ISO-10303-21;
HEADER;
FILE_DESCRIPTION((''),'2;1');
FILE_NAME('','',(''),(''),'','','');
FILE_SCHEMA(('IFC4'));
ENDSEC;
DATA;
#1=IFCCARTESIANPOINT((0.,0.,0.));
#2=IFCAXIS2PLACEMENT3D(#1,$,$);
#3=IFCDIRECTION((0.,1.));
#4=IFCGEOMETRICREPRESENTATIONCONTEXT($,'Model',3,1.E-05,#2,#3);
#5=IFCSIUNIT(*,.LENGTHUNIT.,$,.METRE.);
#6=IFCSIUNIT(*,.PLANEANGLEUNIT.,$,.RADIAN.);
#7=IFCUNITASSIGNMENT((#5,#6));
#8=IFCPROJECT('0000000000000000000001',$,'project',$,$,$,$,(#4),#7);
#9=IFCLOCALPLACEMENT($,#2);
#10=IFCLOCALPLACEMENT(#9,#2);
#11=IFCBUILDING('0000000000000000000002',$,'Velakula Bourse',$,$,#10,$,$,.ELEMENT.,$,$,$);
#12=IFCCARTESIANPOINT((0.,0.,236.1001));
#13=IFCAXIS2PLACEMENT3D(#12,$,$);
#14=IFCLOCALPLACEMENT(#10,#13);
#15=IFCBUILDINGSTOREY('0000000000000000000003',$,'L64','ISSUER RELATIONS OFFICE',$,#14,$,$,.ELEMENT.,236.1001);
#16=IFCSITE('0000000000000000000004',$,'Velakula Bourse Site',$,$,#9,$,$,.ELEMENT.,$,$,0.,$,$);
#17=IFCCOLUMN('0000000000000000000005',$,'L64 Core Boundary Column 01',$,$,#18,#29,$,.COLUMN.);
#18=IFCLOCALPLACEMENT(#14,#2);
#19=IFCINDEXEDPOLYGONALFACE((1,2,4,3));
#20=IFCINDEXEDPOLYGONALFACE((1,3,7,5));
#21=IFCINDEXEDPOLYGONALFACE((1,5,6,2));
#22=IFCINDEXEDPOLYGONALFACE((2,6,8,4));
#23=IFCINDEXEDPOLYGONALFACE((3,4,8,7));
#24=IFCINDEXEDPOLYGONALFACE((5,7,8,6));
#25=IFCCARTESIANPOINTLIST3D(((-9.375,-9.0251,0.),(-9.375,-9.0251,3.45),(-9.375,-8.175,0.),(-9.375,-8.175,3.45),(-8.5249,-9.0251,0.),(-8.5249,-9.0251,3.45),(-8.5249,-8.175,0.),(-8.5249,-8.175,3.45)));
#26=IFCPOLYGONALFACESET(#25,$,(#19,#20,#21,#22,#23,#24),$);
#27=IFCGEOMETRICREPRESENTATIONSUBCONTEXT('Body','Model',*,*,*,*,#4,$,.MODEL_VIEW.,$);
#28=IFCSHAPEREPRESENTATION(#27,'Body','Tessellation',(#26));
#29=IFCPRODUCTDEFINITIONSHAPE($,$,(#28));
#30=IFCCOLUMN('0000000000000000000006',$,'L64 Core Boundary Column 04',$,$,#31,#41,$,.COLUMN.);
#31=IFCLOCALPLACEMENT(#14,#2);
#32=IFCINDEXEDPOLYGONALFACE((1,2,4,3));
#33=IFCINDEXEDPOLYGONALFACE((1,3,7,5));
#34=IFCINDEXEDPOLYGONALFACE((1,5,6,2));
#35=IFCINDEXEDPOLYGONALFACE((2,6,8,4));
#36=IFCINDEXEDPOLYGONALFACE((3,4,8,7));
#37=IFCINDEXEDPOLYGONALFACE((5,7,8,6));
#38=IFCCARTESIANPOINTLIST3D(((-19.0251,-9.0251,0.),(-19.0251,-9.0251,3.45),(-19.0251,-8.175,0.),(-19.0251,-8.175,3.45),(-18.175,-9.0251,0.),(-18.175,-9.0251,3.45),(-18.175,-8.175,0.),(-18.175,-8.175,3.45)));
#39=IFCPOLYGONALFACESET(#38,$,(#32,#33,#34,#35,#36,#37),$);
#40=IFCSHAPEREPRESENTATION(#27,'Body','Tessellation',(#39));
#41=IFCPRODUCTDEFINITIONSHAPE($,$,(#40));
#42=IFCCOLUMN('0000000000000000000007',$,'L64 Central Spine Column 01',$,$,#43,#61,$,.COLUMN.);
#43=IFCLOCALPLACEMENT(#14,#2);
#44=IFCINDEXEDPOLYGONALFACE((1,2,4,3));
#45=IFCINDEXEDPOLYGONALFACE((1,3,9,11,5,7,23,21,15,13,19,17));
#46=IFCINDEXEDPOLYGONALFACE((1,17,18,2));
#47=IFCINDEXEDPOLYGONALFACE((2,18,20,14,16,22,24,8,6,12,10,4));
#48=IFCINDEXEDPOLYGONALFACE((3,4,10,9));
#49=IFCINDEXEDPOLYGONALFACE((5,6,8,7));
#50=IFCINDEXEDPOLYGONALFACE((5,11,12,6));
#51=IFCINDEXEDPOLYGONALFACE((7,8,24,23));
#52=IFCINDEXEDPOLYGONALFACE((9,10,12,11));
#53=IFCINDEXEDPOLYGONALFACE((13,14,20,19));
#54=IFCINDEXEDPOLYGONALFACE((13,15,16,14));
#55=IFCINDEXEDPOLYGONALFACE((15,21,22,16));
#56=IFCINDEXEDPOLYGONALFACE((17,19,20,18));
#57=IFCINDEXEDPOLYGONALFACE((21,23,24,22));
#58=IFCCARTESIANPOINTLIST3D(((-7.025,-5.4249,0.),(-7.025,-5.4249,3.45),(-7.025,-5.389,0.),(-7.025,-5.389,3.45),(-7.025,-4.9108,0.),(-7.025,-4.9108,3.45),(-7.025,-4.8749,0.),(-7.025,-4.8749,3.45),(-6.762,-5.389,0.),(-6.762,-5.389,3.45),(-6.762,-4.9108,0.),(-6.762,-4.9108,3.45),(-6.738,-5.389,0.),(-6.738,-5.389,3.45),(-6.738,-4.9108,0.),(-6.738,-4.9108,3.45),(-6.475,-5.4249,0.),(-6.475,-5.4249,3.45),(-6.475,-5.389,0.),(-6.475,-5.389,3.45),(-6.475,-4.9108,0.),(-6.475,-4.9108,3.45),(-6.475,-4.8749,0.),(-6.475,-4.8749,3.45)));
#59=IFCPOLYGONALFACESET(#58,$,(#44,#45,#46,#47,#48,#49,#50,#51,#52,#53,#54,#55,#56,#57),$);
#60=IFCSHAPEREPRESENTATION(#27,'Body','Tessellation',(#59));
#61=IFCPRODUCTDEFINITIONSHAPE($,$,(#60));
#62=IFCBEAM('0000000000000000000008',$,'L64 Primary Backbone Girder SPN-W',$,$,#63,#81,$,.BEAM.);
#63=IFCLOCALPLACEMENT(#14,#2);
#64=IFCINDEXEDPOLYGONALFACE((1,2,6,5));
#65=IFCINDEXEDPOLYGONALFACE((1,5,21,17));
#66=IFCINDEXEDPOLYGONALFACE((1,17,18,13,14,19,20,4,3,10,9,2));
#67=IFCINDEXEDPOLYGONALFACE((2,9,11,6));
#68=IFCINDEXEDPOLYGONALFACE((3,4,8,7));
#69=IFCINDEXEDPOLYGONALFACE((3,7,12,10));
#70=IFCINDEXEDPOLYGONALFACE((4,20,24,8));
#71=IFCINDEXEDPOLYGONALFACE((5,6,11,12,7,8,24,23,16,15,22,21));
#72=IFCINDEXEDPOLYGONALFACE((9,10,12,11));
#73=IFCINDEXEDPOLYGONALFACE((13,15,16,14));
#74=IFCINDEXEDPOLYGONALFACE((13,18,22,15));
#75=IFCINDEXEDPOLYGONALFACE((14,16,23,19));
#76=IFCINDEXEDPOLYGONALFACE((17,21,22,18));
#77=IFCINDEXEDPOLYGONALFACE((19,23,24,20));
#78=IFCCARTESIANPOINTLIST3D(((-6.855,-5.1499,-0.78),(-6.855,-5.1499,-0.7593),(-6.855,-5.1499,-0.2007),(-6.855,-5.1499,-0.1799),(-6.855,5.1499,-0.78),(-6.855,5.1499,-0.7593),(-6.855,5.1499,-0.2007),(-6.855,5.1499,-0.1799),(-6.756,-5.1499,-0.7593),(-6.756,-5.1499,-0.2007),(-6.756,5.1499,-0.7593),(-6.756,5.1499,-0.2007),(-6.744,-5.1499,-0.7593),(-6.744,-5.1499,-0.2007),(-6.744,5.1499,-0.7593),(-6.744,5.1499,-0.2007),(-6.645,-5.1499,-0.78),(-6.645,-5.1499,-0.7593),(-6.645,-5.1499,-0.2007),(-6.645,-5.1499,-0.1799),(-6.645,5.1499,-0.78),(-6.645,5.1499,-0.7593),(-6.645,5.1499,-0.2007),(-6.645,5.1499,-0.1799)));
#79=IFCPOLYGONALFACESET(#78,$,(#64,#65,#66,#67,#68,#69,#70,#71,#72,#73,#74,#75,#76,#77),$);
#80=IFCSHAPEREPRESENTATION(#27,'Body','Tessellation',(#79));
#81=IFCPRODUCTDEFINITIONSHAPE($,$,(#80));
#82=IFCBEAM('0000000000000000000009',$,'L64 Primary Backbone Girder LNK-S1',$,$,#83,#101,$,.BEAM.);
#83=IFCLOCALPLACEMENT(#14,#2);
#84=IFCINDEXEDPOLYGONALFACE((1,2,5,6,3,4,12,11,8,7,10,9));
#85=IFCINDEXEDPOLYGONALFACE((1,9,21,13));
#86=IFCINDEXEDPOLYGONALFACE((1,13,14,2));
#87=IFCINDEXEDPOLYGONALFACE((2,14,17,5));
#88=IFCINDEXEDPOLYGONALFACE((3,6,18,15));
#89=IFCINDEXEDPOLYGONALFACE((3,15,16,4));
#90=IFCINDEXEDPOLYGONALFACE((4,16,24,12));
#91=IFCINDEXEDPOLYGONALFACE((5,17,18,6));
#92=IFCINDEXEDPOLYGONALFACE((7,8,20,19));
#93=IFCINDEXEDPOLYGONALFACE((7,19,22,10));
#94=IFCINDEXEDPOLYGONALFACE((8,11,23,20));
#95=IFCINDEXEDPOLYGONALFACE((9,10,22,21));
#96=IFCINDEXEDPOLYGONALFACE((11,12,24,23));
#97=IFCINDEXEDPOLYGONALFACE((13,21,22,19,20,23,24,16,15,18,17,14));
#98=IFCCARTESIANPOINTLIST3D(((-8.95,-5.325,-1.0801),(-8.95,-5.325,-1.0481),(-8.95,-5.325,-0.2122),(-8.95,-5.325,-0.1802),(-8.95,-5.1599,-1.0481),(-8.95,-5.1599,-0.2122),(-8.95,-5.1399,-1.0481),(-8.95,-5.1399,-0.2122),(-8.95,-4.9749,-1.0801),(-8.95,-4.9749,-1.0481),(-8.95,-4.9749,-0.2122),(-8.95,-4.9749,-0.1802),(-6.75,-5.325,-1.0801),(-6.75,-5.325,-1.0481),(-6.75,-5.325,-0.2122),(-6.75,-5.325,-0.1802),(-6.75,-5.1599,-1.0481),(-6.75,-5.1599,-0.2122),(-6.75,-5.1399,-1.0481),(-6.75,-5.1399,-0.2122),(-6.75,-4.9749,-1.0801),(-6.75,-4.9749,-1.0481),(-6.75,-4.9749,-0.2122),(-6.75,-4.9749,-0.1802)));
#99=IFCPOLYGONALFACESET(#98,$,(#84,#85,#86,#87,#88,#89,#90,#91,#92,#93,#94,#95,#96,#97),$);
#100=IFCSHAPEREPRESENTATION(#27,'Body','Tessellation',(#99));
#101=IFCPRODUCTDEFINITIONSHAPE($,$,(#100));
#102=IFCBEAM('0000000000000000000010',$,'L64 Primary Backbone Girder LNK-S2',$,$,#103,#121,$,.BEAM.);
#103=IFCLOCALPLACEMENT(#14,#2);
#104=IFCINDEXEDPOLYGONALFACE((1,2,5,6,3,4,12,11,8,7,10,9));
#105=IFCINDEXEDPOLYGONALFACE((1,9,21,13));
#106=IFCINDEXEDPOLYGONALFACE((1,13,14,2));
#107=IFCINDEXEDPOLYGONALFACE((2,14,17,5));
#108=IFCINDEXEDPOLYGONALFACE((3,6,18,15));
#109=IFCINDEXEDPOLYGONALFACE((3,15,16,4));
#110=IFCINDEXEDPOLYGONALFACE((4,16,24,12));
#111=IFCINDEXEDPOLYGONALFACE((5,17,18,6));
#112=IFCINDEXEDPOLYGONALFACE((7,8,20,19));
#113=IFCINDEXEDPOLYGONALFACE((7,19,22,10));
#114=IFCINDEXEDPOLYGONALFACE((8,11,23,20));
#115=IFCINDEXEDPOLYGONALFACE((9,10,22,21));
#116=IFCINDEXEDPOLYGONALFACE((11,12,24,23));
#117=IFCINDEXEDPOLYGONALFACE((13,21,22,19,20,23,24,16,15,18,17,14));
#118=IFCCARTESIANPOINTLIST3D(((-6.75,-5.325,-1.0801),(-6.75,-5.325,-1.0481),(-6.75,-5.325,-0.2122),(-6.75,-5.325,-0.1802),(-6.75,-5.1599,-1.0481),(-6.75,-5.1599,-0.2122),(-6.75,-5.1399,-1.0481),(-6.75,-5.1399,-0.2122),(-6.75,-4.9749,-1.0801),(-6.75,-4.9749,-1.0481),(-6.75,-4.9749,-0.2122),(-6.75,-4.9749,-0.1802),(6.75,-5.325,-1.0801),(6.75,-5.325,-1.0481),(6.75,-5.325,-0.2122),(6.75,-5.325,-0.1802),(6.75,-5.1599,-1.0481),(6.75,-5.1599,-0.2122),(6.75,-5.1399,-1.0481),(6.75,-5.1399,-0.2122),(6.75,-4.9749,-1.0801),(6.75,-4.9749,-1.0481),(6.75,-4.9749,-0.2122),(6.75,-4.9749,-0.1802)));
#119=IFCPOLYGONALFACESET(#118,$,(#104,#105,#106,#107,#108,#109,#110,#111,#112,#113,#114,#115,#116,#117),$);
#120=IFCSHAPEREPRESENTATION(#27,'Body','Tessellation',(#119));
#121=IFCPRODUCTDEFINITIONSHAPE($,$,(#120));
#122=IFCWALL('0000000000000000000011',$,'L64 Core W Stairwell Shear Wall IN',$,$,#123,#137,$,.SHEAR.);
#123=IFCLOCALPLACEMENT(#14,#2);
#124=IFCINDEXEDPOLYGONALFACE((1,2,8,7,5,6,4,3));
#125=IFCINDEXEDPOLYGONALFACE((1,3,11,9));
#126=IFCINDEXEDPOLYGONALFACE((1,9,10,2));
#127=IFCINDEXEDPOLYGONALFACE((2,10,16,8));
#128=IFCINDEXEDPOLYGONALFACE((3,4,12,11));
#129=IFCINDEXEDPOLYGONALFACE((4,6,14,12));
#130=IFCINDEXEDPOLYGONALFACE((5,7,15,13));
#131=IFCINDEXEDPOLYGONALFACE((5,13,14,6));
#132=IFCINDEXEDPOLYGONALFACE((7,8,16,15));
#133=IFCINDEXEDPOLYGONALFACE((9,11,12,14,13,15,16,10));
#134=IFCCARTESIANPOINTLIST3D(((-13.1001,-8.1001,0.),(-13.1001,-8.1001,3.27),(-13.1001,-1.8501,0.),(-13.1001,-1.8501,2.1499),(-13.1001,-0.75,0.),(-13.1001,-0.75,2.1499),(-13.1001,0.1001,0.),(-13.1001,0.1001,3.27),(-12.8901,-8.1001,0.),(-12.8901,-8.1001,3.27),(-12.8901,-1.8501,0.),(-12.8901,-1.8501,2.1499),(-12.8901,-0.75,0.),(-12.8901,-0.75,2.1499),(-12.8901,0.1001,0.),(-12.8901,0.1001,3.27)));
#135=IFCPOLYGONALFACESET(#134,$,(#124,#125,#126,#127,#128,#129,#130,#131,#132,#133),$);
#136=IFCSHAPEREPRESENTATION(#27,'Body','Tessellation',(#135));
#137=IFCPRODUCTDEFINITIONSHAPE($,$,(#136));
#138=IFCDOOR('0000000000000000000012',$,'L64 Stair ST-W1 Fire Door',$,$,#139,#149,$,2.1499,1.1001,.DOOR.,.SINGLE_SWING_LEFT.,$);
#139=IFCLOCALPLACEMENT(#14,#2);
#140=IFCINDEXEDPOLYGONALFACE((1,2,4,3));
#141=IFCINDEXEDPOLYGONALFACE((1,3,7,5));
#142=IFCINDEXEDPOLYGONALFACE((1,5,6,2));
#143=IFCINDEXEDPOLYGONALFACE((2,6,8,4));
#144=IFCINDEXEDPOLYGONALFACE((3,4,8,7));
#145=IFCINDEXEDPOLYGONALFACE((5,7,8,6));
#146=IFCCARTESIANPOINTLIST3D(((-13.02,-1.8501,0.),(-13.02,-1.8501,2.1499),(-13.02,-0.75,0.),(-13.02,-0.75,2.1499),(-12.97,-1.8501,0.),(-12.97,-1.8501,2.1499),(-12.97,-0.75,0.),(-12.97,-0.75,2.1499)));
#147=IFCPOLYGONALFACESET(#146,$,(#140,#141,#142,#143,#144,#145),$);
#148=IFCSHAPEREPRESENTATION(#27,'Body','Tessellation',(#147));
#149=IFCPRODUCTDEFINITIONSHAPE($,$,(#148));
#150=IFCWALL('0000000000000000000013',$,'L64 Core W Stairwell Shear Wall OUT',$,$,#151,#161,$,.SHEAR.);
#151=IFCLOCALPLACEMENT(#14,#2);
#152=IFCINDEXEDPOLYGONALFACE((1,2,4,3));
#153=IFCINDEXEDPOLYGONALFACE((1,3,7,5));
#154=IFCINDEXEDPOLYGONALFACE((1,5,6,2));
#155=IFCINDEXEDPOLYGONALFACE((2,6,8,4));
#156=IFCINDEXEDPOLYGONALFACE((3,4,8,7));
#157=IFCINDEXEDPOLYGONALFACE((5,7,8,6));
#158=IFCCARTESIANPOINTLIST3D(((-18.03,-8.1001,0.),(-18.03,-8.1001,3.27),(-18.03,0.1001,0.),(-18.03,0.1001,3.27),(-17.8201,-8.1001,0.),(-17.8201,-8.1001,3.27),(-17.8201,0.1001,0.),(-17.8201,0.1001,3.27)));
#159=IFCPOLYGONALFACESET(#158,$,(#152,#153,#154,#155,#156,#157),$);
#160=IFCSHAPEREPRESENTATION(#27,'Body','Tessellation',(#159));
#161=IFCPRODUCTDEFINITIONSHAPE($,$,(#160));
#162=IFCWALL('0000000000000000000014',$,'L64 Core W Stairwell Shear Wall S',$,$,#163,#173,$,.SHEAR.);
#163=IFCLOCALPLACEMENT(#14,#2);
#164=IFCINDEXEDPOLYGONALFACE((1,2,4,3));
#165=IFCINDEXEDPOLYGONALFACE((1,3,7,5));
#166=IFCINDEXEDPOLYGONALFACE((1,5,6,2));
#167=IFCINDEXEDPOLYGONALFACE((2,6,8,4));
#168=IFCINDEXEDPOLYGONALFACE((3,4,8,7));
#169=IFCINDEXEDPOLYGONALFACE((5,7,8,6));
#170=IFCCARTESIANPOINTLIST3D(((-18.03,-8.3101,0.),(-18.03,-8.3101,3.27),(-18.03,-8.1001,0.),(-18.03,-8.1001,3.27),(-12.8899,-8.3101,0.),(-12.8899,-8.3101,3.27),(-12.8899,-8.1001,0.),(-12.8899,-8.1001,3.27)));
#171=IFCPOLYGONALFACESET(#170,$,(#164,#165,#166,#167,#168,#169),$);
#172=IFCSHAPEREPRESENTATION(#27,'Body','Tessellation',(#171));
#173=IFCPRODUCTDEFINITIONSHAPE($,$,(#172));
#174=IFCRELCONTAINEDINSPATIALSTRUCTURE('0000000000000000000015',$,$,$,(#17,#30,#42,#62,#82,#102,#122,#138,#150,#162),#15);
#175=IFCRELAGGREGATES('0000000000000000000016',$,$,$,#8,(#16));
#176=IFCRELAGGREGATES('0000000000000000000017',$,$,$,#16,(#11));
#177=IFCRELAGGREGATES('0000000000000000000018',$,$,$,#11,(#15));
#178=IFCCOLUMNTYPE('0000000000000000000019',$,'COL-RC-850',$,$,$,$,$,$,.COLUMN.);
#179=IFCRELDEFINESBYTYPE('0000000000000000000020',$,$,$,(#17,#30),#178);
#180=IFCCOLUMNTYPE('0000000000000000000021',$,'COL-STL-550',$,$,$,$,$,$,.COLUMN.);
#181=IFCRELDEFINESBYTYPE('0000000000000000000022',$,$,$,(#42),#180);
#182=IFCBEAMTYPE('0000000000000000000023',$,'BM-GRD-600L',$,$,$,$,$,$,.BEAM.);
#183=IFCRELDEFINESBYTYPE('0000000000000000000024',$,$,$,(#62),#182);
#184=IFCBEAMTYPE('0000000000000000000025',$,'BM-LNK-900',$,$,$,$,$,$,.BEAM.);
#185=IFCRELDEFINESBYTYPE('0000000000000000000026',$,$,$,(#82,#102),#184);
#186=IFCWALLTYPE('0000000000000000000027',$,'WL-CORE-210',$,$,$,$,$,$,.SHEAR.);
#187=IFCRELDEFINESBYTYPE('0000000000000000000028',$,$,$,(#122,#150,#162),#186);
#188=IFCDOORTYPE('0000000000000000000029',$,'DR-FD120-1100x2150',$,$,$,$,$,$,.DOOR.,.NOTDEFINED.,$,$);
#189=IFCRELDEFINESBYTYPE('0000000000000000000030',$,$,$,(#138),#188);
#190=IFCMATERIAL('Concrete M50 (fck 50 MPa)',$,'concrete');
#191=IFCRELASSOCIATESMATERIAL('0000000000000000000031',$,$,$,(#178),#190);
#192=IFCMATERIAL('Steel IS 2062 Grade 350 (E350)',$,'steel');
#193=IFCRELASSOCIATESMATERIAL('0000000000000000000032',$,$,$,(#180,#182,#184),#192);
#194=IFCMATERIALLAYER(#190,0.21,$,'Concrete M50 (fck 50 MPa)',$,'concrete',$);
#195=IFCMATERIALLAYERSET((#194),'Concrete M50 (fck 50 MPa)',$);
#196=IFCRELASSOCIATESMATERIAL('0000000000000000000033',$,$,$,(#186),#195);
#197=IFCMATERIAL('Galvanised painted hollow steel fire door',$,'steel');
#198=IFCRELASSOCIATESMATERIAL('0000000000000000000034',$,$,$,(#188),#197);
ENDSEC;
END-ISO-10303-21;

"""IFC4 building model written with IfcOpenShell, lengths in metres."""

from ifc_helpers import new_model, si_unit, direction, frame, frame_2d, origin, origin_2d, place, context, subcontext, project, spatial, rectangle, i_section, extrude, material, layer, layer_set, material_profile, profile_set, type_object, element, fill, save


model = new_model("IFC4")

# Units and contexts
model_context = context("Model", 3, precision=1e-05, world=origin(), true_north=direction((0.0, 1.0)))
body_context = subcontext(model_context, "Body", "Model", "MODEL_VIEW")
ifc_project = project(units=[si_unit("LENGTHUNIT", "METRE"), si_unit("PLANEANGLEUNIT", "RADIAN")], contexts=[model_context])

# Site, building, storey
site_placement = place(None, origin())
site = spatial("IfcSite", under=ifc_project, at=site_placement, Name="Velakula Bourse Site", CompositionType="ELEMENT", RefElevation=0.0)
building_placement = place(site_placement, origin())
building = spatial("IfcBuilding", under=site, at=building_placement, Name="Velakula Bourse", CompositionType="ELEMENT")
storey_placement = place(building_placement, frame((0.0, 0.0, 236.1001)))
storey = spatial("IfcBuildingStorey", under=building, at=storey_placement, Name="L64", Description="ISSUER RELATIONS OFFICE", CompositionType="ELEMENT", Elevation=236.1001)

# Columns
ifc_material_1 = material(Name="Concrete M50 (fck 50 MPa)", Category="concrete")
ifc_material_profile_1 = material_profile(ifc_material_1, rectangle(XDim=0.8501, YDim=0.8501, at=origin_2d()), Name="Concrete M50 (fck 50 MPa)")
ifc_profile_set_1 = profile_set([ifc_material_profile_1], Name="Concrete M50 (fck 50 MPa)")
column_type_1 = type_object("IfcColumnType", Name="COL-RC-850", PredefinedType="COLUMN", material=ifc_profile_set_1)
for number, where, z_axis, x_axis, name in (
    (1, (-8.95, -8.6001, 0.0), (0.0, 0.0, 1.0), (1.0, 0.0, 0.0), "L64 Core Boundary Column 01"),
    (2, (-18.6001, -8.6001, 0.0), (0.0, 0.0, 1.0), (1.0, 0.0, 0.0), "L64 Core Boundary Column 04"),
):
    element("IfcColumn", number, at=place(storey_placement, frame(where, z_axis=z_axis, x_axis=x_axis)), inside=storey, type_object=column_type_1, Name=name, PredefinedType="COLUMN", context=body_context, shape_type="SweptSolid", body=[
        extrude(rectangle(XDim=0.8501, YDim=0.8501, at=origin_2d()), origin(), (0.0, 0.0, 1.0), 3.45),
    ])
ifc_material_2 = material(Name="Steel IS 2062 Grade 350 (E350)", Category="steel")
ifc_material_profile_2 = material_profile(ifc_material_2, i_section(OverallWidth=0.55, OverallDepth=0.55, WebThickness=0.0239, FlangeThickness=0.0359, at=origin_2d()), Name="Steel IS 2062 Grade 350 (E350)")
ifc_profile_set_2 = profile_set([ifc_material_profile_2], Name="Steel IS 2062 Grade 350 (E350)")
column_type_2 = type_object("IfcColumnType", Name="COL-STL-550", PredefinedType="COLUMN", material=ifc_profile_set_2)
column_placement = place(storey_placement, frame((-6.75, -5.1499, 0.0), z_axis=(0.0, 0.0, 1.0), x_axis=(1.0, 0.0, 0.0)))
element("IfcColumn", 3, at=column_placement, inside=storey, type_object=column_type_2, Name="L64 Central Spine Column 01", PredefinedType="COLUMN", context=body_context, shape_type="SweptSolid", body=[
    extrude(i_section(OverallWidth=0.55, OverallDepth=0.55, WebThickness=0.0239, FlangeThickness=0.0359, at=origin_2d()), origin(), (0.0, 0.0, 1.0), 3.45),
])

# Beams
ifc_material_profile_3 = material_profile(ifc_material_2, i_section(OverallWidth=0.21, OverallDepth=0.6001, WebThickness=0.012, FlangeThickness=0.0208, at=origin_2d()), Name="Steel IS 2062 Grade 350 (E350)")
ifc_profile_set_3 = profile_set([ifc_material_profile_3], Name="Steel IS 2062 Grade 350 (E350)")
beam_type_1 = type_object("IfcBeamType", Name="BM-GRD-600L", PredefinedType="BEAM", material=ifc_profile_set_3)
beam_1_placement = place(storey_placement, frame((-6.75, -5.1499, -0.48), z_axis=(0.0, 1.0, 0.0), x_axis=(-1.0, 0.0, 0.0)))
element("IfcBeam", 4, at=beam_1_placement, inside=storey, type_object=beam_type_1, Name="L64 Primary Backbone Girder SPN-W", PredefinedType="BEAM", context=body_context, shape_type="SweptSolid", body=[
    extrude(i_section(OverallWidth=0.21, OverallDepth=0.6001, WebThickness=0.012, FlangeThickness=0.0208, at=origin_2d()), origin(), (0.0, 0.0, 1.0), 10.2998),
])
ifc_material_profile_4 = material_profile(ifc_material_2, i_section(OverallWidth=0.3501, OverallDepth=0.8999, WebThickness=0.02, FlangeThickness=0.032, at=origin_2d()), Name="Steel IS 2062 Grade 350 (E350)")
ifc_profile_set_4 = profile_set([ifc_material_profile_4], Name="Steel IS 2062 Grade 350 (E350)")
beam_type_2 = type_object("IfcBeamType", Name="BM-LNK-900", PredefinedType="BEAM", material=ifc_profile_set_4)
beam_2_placement = place(storey_placement, frame((-8.95, -5.1499, -0.6301), z_axis=(1.0, 0.0, 0.0), x_axis=(0.0, 1.0, 0.0)))
element("IfcBeam", 5, at=beam_2_placement, inside=storey, type_object=beam_type_2, Name="L64 Primary Backbone Girder LNK-S1", PredefinedType="BEAM", context=body_context, shape_type="SweptSolid", body=[
    extrude(i_section(OverallWidth=0.3501, OverallDepth=0.8999, WebThickness=0.02, FlangeThickness=0.032, at=origin_2d()), origin(), (0.0, 0.0, 1.0), 2.2),
])
beam_3_placement = place(storey_placement, frame((-6.75, -5.1499, -0.6301), z_axis=(1.0, 0.0, 0.0), x_axis=(0.0, 1.0, 0.0)))
element("IfcBeam", 6, at=beam_3_placement, inside=storey, type_object=beam_type_2, Name="L64 Primary Backbone Girder LNK-S2", PredefinedType="BEAM", context=body_context, shape_type="SweptSolid", body=[
    extrude(i_section(OverallWidth=0.3501, OverallDepth=0.8999, WebThickness=0.02, FlangeThickness=0.032, at=origin_2d()), origin(), (0.0, 0.0, 1.0), 13.5),
])

# Wall, opening, door
ifc_layer_1 = layer(ifc_material_1, 0.21, Name="Concrete M50 (fck 50 MPa)", Category="concrete")
ifc_layer_set_1 = layer_set([ifc_layer_1], Name="Concrete M50 (fck 50 MPa)")
wall_type_1 = type_object("IfcWallType", Name="WL-CORE-210", PredefinedType="SHEAR", material=ifc_layer_set_1)
wall_1_placement = place(storey_placement, frame((-12.9951, -8.1001, 0.0), z_axis=(0.0, 0.0, 1.0), x_axis=(0.0, 1.0, 0.0)))
wall_1 = element("IfcWall", 7, at=wall_1_placement, inside=storey, type_object=wall_type_1, Name="L64 Core W Stairwell Shear Wall IN", PredefinedType="SHEAR", context=body_context, shape_type="SweptSolid", body=[
    extrude(rectangle(XDim=8.2002, YDim=0.21, at=frame_2d((4.1001, 0.0))), origin(), (0.0, 0.0, 1.0), 3.27),
])
opening_1_placement = place(wall_1_placement, frame((6.25, 0.0, 0.0)))
opening_1 = element("IfcOpeningElement", 8, at=opening_1_placement, cuts=wall_1, PredefinedType="OPENING", context=body_context, shape_type="SweptSolid", body=[
    extrude(rectangle(XDim=1.1001, YDim=2.1499, at=frame_2d((0.55, 1.075))), frame((0.0, 0.115, 0.0), z_axis=(0.0, -1.0, 0.0), x_axis=(1.0, 0.0, 0.0)), (0.0, 0.0, 1.0), 0.23),
])
ifc_material_3 = material(Name="Galvanised painted hollow steel fire door", Category="steel")
door_type_1 = type_object("IfcDoorType", Name="DR-FD120-1100x2150", OperationType="NOTDEFINED", PredefinedType="DOOR", material=ifc_material_3)
door_1_placement = place(opening_1_placement, origin())
door_1 = element("IfcDoor", 9, at=door_1_placement, inside=storey, type_object=door_type_1, Name="L64 Stair ST-W1 Fire Door", OperationType="SINGLE_SWING_LEFT", OverallHeight=2.1499, OverallWidth=1.1001, PredefinedType="DOOR", context=body_context, shape_type="SweptSolid", body=[
    extrude(rectangle(XDim=1.1001, YDim=2.1499, at=frame_2d((0.55, 1.075))), frame((0.0, 0.0249, 0.0), z_axis=(0.0, -1.0, 0.0), x_axis=(1.0, 0.0, 0.0)), (0.0, 0.0, 1.0), 0.05),
])
fill(opening_1, door_1)

# Walls
wall_2_placement = place(storey_placement, frame((-17.925, -8.1001, 0.0), z_axis=(0.0, 0.0, 1.0), x_axis=(0.0, 1.0, 0.0)))
element("IfcWall", 10, at=wall_2_placement, inside=storey, type_object=wall_type_1, Name="L64 Core W Stairwell Shear Wall OUT", PredefinedType="SHEAR", context=body_context, shape_type="SweptSolid", body=[
    extrude(rectangle(XDim=8.2002, YDim=0.21, at=frame_2d((4.1001, 0.0))), origin(), (0.0, 0.0, 1.0), 3.27),
])
wall_3_placement = place(storey_placement, frame((-18.03, -8.2051, 0.0), z_axis=(0.0, 0.0, 1.0), x_axis=(1.0, 0.0, 0.0)))
element("IfcWall", 11, at=wall_3_placement, inside=storey, type_object=wall_type_1, Name="L64 Core W Stairwell Shear Wall S", PredefinedType="SHEAR", context=body_context, shape_type="SweptSolid", body=[
    extrude(rectangle(XDim=5.1401, YDim=0.21, at=frame_2d((2.5701, 0.0))), origin(), (0.0, 0.0, 1.0), 3.27),
])

save(model, "model.ifc")
